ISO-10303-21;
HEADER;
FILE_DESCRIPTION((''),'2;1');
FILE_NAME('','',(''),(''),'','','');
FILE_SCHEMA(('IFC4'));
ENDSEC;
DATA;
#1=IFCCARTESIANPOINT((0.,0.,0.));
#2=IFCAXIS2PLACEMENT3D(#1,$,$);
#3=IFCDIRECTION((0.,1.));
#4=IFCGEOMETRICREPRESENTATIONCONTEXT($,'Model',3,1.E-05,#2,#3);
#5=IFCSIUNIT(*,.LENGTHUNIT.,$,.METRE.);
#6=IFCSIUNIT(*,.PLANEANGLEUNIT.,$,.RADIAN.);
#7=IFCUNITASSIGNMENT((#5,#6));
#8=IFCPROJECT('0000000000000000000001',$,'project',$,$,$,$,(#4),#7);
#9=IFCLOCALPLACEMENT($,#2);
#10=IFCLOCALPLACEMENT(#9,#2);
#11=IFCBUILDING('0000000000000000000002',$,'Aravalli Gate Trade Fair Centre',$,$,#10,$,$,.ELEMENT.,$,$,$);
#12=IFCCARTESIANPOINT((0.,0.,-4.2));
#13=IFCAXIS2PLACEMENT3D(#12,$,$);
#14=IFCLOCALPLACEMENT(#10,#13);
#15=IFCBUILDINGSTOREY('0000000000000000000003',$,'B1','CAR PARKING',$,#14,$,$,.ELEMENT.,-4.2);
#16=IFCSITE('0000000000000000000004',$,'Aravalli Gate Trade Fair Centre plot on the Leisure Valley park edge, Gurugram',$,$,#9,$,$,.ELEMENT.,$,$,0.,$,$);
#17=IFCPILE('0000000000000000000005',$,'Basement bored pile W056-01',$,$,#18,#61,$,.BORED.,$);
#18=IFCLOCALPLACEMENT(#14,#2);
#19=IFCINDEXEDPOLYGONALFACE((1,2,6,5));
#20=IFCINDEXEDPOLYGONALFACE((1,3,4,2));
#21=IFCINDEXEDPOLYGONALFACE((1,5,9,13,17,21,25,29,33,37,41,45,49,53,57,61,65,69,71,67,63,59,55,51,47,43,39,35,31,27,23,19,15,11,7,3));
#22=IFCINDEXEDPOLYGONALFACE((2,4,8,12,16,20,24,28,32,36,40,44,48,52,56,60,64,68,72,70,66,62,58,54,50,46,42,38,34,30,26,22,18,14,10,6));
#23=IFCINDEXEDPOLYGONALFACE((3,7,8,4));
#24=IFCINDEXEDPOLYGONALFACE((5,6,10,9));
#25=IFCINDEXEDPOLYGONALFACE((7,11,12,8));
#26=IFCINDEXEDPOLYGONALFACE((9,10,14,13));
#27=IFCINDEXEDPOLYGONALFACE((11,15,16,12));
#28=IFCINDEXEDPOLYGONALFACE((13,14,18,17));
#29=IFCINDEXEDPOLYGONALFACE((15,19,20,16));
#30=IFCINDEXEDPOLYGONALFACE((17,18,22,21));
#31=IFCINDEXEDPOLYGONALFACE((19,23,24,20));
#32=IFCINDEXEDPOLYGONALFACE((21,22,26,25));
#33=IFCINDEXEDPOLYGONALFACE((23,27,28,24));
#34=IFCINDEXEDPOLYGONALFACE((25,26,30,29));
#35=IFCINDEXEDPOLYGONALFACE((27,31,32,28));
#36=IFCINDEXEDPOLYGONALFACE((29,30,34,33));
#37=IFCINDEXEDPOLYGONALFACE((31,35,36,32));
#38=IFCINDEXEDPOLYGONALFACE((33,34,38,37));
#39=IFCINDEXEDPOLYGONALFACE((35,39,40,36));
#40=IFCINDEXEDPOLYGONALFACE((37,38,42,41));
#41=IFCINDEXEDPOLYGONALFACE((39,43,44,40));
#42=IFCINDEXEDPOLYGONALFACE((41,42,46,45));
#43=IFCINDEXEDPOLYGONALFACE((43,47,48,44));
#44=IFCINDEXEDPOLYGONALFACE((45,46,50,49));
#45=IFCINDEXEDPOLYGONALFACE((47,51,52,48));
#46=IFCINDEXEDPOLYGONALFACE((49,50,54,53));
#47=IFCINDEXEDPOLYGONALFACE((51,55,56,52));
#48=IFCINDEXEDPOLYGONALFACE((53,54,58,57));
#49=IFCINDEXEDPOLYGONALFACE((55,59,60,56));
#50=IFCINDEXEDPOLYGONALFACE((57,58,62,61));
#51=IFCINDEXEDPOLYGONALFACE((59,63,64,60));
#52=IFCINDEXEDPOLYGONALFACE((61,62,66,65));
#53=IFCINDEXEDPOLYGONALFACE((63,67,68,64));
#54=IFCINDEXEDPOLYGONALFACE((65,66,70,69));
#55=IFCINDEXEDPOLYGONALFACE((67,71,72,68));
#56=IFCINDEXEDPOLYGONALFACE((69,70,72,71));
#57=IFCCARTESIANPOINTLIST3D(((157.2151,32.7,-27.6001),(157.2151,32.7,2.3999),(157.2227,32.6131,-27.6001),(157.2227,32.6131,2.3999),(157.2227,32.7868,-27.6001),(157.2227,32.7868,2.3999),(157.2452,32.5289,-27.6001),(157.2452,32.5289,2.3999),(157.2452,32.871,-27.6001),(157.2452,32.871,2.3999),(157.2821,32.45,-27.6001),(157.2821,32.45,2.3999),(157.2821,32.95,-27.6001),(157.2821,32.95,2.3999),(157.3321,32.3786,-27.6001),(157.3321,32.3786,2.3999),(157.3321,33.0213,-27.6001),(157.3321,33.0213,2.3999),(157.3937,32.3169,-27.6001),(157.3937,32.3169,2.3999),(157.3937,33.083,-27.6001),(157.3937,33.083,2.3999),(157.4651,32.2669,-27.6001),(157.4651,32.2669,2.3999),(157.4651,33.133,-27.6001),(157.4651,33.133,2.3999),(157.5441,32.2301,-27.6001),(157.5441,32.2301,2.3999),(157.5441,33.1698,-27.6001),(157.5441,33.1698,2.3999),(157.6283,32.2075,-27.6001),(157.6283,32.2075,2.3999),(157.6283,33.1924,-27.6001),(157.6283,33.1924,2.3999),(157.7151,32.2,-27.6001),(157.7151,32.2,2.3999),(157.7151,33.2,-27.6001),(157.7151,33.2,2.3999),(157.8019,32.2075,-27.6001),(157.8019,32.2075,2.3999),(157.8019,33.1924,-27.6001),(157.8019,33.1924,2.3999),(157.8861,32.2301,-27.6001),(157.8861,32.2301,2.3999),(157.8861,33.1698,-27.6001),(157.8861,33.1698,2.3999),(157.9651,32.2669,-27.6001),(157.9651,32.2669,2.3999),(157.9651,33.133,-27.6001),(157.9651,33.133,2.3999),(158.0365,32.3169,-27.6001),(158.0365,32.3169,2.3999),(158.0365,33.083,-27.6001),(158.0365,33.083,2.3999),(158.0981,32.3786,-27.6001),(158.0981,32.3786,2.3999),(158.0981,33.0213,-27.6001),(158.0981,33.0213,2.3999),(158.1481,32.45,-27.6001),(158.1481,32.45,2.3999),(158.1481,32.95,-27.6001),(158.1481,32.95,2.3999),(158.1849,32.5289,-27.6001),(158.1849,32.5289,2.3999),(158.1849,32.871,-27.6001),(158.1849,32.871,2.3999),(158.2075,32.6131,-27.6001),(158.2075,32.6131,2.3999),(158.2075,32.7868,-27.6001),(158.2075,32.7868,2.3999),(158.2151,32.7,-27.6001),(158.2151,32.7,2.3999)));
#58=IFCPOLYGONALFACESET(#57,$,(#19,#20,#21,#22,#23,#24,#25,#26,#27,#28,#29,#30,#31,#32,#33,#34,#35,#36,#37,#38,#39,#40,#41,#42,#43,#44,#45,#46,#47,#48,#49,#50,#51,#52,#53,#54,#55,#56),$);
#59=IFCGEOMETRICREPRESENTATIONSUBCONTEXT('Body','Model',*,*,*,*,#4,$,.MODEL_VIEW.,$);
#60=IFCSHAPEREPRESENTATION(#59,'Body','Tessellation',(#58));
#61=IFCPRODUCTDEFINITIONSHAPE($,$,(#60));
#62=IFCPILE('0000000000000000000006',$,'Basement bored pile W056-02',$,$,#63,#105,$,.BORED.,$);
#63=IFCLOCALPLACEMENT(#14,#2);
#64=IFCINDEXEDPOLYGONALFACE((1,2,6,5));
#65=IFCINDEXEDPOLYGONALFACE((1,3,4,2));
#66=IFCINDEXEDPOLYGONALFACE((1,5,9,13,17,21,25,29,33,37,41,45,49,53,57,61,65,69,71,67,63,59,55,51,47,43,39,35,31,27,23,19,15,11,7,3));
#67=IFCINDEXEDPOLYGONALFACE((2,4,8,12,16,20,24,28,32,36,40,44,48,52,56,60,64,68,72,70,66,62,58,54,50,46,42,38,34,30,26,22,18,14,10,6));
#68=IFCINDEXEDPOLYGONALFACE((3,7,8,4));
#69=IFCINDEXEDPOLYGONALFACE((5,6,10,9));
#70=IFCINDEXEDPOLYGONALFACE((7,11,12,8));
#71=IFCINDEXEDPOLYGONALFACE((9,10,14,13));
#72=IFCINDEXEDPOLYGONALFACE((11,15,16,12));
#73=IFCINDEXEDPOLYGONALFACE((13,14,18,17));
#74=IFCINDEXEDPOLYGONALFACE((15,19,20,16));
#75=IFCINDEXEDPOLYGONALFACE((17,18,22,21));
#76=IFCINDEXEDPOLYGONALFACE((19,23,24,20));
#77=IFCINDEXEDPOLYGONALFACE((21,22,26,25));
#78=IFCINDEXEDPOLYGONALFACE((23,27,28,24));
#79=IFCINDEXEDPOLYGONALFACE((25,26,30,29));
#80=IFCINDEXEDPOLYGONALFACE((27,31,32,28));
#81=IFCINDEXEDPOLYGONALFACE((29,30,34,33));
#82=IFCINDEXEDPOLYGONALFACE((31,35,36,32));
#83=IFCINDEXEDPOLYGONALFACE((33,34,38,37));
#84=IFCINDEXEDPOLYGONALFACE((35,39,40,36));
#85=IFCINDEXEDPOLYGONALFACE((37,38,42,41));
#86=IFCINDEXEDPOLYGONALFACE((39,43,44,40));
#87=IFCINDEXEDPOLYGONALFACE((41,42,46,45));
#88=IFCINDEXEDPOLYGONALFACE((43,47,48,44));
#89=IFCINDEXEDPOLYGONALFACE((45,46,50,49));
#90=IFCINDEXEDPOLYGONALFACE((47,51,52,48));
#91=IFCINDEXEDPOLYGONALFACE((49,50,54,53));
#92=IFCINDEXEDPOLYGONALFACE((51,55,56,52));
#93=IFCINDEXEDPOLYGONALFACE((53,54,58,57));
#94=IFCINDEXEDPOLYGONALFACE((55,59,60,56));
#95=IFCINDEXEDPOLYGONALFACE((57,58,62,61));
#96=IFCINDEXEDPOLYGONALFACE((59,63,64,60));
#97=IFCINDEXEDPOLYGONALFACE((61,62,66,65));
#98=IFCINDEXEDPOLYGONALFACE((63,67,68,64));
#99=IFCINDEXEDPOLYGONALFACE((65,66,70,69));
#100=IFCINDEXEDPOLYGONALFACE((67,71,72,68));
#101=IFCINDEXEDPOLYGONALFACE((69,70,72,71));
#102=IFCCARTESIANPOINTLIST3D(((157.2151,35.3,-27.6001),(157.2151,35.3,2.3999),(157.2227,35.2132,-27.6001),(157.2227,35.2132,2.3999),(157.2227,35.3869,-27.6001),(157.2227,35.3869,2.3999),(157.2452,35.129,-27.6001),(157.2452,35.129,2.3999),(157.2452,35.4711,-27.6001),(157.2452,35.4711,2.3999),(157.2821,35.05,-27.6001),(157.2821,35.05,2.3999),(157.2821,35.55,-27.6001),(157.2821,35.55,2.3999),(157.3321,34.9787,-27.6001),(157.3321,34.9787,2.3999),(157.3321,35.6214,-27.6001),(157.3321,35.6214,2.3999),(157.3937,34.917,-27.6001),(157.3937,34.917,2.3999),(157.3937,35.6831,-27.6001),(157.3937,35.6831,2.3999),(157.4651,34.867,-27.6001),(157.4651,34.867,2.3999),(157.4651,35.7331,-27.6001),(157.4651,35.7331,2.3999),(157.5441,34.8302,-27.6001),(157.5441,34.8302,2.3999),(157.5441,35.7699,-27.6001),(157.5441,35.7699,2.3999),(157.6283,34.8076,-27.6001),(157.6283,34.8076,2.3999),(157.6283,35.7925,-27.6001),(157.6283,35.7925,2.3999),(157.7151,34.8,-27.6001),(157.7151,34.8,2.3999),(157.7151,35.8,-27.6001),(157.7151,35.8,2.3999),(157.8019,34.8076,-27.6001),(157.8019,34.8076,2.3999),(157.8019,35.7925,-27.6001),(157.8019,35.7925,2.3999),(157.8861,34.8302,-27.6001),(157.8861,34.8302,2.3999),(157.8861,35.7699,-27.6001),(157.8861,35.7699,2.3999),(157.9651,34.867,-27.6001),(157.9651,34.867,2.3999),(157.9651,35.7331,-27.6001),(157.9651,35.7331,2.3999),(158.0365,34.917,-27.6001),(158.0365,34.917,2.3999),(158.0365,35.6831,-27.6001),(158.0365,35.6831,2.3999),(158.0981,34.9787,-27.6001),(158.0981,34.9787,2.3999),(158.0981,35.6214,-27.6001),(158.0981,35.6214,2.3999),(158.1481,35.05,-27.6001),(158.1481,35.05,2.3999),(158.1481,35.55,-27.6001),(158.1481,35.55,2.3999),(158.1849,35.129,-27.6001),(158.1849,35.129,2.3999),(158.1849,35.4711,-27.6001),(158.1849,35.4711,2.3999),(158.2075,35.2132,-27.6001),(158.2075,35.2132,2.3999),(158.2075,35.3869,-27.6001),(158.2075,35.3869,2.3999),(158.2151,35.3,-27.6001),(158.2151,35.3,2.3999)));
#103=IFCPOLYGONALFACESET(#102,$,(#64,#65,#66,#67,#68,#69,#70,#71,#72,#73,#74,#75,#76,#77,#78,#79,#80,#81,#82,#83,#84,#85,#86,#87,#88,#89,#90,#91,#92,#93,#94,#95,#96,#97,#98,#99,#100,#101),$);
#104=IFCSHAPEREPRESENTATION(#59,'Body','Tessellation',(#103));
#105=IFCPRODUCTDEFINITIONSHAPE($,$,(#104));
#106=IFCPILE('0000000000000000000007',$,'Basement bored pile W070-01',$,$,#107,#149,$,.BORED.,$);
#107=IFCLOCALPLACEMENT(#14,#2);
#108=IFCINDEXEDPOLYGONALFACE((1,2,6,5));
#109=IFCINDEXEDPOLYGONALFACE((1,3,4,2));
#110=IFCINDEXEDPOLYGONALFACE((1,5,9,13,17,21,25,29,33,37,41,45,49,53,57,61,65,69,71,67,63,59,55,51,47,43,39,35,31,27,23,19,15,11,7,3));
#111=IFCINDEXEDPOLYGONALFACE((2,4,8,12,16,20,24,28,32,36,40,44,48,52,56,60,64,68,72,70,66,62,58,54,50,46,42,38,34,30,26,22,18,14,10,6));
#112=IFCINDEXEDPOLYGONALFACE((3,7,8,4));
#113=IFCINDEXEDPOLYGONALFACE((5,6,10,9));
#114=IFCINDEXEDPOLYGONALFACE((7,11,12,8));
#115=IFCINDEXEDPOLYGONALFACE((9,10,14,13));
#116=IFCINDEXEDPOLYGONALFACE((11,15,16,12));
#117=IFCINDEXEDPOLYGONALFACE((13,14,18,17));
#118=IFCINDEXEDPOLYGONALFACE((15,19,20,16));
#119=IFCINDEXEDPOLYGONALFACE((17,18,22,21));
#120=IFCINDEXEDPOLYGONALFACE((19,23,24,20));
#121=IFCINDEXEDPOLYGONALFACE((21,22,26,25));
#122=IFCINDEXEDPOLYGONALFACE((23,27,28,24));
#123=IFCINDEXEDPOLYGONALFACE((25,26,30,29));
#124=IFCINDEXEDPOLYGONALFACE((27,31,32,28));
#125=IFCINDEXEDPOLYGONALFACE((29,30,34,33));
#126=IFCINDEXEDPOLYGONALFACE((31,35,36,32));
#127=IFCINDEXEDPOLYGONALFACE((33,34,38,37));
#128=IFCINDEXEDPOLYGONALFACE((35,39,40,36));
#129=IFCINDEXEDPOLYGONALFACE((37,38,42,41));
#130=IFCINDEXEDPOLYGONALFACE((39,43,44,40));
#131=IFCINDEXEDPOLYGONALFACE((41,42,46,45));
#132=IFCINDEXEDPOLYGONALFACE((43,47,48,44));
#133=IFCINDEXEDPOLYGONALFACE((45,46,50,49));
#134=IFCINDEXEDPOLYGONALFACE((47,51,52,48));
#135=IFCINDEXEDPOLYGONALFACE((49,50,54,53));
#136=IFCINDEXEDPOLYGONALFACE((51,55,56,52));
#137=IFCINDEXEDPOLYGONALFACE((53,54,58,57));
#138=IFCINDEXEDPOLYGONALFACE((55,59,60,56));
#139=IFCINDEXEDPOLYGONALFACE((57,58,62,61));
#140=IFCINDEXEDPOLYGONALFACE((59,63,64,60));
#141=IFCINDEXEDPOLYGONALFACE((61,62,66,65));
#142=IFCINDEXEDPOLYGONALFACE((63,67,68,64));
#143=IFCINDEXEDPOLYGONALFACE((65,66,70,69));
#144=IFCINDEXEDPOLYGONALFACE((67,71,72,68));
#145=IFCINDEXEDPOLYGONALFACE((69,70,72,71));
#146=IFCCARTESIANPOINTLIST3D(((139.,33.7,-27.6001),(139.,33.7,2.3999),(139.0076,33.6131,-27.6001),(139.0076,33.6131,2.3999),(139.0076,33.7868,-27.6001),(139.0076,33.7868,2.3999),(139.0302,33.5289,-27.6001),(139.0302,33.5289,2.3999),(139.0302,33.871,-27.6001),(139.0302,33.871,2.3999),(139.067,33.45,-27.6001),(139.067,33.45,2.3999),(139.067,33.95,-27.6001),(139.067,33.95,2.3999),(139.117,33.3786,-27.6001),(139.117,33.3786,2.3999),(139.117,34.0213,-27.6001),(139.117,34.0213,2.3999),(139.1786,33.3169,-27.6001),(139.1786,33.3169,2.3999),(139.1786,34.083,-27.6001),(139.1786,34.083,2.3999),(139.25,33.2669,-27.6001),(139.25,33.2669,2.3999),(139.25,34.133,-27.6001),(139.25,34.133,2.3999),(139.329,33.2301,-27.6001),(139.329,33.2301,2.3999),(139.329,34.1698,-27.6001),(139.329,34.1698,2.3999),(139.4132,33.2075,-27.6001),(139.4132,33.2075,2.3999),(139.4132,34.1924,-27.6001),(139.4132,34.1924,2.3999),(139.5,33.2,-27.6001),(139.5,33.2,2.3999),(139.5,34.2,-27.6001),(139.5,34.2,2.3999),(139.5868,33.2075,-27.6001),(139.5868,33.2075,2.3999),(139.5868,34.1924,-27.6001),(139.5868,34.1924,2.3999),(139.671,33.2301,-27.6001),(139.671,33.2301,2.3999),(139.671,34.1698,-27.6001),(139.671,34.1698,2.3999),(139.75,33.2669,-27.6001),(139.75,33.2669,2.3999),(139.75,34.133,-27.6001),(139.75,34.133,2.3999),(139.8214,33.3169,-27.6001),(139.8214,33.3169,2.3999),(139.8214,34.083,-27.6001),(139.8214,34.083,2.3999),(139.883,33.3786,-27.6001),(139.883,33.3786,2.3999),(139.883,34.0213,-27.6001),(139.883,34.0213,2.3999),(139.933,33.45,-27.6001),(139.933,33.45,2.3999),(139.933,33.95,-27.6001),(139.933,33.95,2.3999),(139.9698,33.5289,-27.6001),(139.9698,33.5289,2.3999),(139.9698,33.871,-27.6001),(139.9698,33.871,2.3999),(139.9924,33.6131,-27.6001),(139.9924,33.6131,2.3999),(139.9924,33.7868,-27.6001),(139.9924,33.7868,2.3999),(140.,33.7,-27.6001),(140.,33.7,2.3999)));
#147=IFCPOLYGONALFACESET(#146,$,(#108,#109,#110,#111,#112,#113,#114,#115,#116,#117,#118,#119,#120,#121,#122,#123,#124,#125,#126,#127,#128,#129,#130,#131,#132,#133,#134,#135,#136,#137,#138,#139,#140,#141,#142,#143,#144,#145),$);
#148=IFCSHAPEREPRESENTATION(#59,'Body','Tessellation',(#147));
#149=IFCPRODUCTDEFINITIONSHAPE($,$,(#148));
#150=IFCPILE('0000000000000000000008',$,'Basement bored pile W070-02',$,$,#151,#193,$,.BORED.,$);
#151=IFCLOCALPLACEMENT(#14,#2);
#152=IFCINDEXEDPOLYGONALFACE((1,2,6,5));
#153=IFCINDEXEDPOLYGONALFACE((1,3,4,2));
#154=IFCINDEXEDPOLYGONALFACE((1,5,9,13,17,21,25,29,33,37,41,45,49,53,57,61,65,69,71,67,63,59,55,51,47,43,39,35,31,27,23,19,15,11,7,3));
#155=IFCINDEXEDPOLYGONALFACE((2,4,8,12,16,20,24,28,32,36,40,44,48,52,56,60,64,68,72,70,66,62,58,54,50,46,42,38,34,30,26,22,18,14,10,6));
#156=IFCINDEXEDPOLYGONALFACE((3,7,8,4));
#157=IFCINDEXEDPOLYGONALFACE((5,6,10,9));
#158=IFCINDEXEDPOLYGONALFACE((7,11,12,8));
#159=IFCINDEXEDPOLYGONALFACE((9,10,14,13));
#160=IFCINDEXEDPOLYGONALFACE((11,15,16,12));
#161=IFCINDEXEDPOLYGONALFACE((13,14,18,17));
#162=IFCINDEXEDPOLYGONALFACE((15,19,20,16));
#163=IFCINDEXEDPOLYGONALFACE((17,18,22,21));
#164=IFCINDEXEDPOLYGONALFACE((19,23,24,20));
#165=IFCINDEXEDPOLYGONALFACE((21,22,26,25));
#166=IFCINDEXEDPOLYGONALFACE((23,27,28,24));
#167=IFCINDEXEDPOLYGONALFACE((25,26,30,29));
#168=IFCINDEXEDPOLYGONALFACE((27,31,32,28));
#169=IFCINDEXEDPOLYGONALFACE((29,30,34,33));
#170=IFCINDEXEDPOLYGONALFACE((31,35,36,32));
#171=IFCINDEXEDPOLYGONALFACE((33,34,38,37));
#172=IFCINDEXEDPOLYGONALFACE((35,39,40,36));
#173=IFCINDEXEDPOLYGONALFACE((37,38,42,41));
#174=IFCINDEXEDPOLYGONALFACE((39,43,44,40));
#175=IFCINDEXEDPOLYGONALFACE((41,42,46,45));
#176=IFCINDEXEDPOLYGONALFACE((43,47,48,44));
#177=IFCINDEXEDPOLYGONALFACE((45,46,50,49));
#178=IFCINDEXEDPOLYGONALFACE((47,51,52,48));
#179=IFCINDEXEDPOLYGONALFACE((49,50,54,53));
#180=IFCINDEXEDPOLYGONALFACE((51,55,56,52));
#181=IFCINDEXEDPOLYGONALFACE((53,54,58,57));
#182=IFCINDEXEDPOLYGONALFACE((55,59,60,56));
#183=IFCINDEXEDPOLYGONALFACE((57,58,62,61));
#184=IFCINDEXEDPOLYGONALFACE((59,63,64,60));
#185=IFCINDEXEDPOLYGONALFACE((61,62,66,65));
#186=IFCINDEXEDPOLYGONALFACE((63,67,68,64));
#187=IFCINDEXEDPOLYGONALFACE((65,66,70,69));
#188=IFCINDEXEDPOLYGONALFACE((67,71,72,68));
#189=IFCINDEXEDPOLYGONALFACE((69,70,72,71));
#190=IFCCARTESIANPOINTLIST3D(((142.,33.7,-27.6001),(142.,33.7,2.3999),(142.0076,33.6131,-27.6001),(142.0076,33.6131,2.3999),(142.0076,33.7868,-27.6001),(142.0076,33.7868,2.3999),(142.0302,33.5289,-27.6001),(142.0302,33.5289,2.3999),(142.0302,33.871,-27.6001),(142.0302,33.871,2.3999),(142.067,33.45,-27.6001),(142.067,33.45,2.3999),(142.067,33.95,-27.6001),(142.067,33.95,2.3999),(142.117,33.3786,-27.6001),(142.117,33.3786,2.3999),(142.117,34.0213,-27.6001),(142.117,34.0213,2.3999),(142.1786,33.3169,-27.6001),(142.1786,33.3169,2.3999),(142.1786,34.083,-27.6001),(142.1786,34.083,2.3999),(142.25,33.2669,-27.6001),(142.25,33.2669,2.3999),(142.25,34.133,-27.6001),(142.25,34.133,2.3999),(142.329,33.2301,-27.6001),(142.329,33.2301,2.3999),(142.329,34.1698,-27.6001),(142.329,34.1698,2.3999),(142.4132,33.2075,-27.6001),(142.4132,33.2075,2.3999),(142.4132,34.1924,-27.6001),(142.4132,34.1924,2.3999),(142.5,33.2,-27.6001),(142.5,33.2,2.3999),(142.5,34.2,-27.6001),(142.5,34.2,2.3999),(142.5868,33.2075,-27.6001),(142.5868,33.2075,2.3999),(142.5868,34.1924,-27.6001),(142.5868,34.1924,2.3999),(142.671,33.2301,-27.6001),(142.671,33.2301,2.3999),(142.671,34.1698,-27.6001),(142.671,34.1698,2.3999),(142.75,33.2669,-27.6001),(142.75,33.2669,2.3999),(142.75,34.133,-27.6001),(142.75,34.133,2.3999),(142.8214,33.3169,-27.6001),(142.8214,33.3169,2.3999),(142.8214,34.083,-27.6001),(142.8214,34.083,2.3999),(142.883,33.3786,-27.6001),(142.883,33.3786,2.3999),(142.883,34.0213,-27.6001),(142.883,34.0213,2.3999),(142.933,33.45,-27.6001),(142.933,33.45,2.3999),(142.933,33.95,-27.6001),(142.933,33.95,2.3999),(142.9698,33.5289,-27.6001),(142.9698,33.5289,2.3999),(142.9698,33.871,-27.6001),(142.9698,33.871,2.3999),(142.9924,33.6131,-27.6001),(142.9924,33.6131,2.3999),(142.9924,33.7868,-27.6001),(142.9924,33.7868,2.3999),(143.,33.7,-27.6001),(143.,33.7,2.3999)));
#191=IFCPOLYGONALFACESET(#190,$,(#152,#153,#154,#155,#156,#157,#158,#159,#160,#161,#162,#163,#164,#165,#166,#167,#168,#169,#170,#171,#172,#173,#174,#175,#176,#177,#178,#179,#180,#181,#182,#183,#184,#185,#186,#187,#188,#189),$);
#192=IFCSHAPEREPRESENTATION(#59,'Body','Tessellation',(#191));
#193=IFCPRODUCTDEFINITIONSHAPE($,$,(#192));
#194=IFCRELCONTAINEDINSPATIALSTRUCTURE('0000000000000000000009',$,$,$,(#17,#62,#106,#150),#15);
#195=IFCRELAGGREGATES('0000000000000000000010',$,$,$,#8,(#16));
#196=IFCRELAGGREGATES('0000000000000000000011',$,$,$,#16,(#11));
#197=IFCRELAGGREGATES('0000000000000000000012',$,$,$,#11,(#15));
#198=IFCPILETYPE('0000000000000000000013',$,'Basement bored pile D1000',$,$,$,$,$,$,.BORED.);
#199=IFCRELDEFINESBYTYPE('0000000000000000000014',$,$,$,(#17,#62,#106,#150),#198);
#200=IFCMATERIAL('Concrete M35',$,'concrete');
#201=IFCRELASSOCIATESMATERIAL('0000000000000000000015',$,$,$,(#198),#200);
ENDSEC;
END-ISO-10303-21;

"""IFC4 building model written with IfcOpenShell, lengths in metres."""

from ifc_helpers import new_model, si_unit, direction, frame, origin, origin_2d, place, context, subcontext, project, spatial, circle, extrude, material, material_profile, profile_set, type_object, element, save


model = new_model("IFC4")

# Units and contexts
model_context = context("Model", 3, precision=1e-05, world=origin(), true_north=direction((0.0, 1.0)))
body_context = subcontext(model_context, "Body", "Model", "MODEL_VIEW")
ifc_project = project(units=[si_unit("LENGTHUNIT", "METRE"), si_unit("PLANEANGLEUNIT", "RADIAN")], contexts=[model_context])

# Site, building, storey
site_placement = place(None, origin())
site = spatial("IfcSite", under=ifc_project, at=site_placement, Name="Aravalli Gate Trade Fair Centre plot on the Leisure Valley park edge, Gurugram", CompositionType="ELEMENT", RefElevation=0.0)
building_placement = place(site_placement, origin())
building = spatial("IfcBuilding", under=site, at=building_placement, Name="Aravalli Gate Trade Fair Centre", CompositionType="ELEMENT")
storey_placement = place(building_placement, frame((0.0, 0.0, -4.2)))
storey = spatial("IfcBuildingStorey", under=building, at=storey_placement, Name="B1", Description="CAR PARKING", CompositionType="ELEMENT", Elevation=-4.2)

# Piles
ifc_material_1 = material(Name="Concrete M35", Category="concrete")
ifc_material_profile = material_profile(ifc_material_1, circle(Radius=0.5, at=origin_2d()), Name="D1000")
ifc_profile_set = profile_set([ifc_material_profile], Name="Concrete M35")
pile_type = type_object("IfcPileType", Name="Basement bored pile D1000", PredefinedType="BORED", material=ifc_profile_set)
for number, where, z_axis, x_axis, name in (
    (1, (157.7151, 32.7, 2.3999), (0.0, 0.0, -1.0), (1.0, 0.0, 0.0), "Basement bored pile W056-01"),
    (2, (157.7151, 35.3, 2.3999), (0.0, 0.0, -1.0), (1.0, 0.0, 0.0), "Basement bored pile W056-02"),
    (3, (139.5, 33.7, 2.3999), (0.0, 0.0, -1.0), (1.0, 0.0, 0.0), "Basement bored pile W070-01"),
    (4, (142.5, 33.7, 2.3999), (0.0, 0.0, -1.0), (1.0, 0.0, 0.0), "Basement bored pile W070-02"),
):
    element("IfcPile", number, at=place(storey_placement, frame(where, z_axis=z_axis, x_axis=x_axis)), inside=storey, type_object=pile_type, Name=name, PredefinedType="BORED", context=body_context, shape_type="SweptSolid", body=[
        extrude(circle(Radius=0.5, at=origin_2d()), origin(), (0.0, 0.0, 1.0), 30.0),
    ])

save(model, "model.ifc")
